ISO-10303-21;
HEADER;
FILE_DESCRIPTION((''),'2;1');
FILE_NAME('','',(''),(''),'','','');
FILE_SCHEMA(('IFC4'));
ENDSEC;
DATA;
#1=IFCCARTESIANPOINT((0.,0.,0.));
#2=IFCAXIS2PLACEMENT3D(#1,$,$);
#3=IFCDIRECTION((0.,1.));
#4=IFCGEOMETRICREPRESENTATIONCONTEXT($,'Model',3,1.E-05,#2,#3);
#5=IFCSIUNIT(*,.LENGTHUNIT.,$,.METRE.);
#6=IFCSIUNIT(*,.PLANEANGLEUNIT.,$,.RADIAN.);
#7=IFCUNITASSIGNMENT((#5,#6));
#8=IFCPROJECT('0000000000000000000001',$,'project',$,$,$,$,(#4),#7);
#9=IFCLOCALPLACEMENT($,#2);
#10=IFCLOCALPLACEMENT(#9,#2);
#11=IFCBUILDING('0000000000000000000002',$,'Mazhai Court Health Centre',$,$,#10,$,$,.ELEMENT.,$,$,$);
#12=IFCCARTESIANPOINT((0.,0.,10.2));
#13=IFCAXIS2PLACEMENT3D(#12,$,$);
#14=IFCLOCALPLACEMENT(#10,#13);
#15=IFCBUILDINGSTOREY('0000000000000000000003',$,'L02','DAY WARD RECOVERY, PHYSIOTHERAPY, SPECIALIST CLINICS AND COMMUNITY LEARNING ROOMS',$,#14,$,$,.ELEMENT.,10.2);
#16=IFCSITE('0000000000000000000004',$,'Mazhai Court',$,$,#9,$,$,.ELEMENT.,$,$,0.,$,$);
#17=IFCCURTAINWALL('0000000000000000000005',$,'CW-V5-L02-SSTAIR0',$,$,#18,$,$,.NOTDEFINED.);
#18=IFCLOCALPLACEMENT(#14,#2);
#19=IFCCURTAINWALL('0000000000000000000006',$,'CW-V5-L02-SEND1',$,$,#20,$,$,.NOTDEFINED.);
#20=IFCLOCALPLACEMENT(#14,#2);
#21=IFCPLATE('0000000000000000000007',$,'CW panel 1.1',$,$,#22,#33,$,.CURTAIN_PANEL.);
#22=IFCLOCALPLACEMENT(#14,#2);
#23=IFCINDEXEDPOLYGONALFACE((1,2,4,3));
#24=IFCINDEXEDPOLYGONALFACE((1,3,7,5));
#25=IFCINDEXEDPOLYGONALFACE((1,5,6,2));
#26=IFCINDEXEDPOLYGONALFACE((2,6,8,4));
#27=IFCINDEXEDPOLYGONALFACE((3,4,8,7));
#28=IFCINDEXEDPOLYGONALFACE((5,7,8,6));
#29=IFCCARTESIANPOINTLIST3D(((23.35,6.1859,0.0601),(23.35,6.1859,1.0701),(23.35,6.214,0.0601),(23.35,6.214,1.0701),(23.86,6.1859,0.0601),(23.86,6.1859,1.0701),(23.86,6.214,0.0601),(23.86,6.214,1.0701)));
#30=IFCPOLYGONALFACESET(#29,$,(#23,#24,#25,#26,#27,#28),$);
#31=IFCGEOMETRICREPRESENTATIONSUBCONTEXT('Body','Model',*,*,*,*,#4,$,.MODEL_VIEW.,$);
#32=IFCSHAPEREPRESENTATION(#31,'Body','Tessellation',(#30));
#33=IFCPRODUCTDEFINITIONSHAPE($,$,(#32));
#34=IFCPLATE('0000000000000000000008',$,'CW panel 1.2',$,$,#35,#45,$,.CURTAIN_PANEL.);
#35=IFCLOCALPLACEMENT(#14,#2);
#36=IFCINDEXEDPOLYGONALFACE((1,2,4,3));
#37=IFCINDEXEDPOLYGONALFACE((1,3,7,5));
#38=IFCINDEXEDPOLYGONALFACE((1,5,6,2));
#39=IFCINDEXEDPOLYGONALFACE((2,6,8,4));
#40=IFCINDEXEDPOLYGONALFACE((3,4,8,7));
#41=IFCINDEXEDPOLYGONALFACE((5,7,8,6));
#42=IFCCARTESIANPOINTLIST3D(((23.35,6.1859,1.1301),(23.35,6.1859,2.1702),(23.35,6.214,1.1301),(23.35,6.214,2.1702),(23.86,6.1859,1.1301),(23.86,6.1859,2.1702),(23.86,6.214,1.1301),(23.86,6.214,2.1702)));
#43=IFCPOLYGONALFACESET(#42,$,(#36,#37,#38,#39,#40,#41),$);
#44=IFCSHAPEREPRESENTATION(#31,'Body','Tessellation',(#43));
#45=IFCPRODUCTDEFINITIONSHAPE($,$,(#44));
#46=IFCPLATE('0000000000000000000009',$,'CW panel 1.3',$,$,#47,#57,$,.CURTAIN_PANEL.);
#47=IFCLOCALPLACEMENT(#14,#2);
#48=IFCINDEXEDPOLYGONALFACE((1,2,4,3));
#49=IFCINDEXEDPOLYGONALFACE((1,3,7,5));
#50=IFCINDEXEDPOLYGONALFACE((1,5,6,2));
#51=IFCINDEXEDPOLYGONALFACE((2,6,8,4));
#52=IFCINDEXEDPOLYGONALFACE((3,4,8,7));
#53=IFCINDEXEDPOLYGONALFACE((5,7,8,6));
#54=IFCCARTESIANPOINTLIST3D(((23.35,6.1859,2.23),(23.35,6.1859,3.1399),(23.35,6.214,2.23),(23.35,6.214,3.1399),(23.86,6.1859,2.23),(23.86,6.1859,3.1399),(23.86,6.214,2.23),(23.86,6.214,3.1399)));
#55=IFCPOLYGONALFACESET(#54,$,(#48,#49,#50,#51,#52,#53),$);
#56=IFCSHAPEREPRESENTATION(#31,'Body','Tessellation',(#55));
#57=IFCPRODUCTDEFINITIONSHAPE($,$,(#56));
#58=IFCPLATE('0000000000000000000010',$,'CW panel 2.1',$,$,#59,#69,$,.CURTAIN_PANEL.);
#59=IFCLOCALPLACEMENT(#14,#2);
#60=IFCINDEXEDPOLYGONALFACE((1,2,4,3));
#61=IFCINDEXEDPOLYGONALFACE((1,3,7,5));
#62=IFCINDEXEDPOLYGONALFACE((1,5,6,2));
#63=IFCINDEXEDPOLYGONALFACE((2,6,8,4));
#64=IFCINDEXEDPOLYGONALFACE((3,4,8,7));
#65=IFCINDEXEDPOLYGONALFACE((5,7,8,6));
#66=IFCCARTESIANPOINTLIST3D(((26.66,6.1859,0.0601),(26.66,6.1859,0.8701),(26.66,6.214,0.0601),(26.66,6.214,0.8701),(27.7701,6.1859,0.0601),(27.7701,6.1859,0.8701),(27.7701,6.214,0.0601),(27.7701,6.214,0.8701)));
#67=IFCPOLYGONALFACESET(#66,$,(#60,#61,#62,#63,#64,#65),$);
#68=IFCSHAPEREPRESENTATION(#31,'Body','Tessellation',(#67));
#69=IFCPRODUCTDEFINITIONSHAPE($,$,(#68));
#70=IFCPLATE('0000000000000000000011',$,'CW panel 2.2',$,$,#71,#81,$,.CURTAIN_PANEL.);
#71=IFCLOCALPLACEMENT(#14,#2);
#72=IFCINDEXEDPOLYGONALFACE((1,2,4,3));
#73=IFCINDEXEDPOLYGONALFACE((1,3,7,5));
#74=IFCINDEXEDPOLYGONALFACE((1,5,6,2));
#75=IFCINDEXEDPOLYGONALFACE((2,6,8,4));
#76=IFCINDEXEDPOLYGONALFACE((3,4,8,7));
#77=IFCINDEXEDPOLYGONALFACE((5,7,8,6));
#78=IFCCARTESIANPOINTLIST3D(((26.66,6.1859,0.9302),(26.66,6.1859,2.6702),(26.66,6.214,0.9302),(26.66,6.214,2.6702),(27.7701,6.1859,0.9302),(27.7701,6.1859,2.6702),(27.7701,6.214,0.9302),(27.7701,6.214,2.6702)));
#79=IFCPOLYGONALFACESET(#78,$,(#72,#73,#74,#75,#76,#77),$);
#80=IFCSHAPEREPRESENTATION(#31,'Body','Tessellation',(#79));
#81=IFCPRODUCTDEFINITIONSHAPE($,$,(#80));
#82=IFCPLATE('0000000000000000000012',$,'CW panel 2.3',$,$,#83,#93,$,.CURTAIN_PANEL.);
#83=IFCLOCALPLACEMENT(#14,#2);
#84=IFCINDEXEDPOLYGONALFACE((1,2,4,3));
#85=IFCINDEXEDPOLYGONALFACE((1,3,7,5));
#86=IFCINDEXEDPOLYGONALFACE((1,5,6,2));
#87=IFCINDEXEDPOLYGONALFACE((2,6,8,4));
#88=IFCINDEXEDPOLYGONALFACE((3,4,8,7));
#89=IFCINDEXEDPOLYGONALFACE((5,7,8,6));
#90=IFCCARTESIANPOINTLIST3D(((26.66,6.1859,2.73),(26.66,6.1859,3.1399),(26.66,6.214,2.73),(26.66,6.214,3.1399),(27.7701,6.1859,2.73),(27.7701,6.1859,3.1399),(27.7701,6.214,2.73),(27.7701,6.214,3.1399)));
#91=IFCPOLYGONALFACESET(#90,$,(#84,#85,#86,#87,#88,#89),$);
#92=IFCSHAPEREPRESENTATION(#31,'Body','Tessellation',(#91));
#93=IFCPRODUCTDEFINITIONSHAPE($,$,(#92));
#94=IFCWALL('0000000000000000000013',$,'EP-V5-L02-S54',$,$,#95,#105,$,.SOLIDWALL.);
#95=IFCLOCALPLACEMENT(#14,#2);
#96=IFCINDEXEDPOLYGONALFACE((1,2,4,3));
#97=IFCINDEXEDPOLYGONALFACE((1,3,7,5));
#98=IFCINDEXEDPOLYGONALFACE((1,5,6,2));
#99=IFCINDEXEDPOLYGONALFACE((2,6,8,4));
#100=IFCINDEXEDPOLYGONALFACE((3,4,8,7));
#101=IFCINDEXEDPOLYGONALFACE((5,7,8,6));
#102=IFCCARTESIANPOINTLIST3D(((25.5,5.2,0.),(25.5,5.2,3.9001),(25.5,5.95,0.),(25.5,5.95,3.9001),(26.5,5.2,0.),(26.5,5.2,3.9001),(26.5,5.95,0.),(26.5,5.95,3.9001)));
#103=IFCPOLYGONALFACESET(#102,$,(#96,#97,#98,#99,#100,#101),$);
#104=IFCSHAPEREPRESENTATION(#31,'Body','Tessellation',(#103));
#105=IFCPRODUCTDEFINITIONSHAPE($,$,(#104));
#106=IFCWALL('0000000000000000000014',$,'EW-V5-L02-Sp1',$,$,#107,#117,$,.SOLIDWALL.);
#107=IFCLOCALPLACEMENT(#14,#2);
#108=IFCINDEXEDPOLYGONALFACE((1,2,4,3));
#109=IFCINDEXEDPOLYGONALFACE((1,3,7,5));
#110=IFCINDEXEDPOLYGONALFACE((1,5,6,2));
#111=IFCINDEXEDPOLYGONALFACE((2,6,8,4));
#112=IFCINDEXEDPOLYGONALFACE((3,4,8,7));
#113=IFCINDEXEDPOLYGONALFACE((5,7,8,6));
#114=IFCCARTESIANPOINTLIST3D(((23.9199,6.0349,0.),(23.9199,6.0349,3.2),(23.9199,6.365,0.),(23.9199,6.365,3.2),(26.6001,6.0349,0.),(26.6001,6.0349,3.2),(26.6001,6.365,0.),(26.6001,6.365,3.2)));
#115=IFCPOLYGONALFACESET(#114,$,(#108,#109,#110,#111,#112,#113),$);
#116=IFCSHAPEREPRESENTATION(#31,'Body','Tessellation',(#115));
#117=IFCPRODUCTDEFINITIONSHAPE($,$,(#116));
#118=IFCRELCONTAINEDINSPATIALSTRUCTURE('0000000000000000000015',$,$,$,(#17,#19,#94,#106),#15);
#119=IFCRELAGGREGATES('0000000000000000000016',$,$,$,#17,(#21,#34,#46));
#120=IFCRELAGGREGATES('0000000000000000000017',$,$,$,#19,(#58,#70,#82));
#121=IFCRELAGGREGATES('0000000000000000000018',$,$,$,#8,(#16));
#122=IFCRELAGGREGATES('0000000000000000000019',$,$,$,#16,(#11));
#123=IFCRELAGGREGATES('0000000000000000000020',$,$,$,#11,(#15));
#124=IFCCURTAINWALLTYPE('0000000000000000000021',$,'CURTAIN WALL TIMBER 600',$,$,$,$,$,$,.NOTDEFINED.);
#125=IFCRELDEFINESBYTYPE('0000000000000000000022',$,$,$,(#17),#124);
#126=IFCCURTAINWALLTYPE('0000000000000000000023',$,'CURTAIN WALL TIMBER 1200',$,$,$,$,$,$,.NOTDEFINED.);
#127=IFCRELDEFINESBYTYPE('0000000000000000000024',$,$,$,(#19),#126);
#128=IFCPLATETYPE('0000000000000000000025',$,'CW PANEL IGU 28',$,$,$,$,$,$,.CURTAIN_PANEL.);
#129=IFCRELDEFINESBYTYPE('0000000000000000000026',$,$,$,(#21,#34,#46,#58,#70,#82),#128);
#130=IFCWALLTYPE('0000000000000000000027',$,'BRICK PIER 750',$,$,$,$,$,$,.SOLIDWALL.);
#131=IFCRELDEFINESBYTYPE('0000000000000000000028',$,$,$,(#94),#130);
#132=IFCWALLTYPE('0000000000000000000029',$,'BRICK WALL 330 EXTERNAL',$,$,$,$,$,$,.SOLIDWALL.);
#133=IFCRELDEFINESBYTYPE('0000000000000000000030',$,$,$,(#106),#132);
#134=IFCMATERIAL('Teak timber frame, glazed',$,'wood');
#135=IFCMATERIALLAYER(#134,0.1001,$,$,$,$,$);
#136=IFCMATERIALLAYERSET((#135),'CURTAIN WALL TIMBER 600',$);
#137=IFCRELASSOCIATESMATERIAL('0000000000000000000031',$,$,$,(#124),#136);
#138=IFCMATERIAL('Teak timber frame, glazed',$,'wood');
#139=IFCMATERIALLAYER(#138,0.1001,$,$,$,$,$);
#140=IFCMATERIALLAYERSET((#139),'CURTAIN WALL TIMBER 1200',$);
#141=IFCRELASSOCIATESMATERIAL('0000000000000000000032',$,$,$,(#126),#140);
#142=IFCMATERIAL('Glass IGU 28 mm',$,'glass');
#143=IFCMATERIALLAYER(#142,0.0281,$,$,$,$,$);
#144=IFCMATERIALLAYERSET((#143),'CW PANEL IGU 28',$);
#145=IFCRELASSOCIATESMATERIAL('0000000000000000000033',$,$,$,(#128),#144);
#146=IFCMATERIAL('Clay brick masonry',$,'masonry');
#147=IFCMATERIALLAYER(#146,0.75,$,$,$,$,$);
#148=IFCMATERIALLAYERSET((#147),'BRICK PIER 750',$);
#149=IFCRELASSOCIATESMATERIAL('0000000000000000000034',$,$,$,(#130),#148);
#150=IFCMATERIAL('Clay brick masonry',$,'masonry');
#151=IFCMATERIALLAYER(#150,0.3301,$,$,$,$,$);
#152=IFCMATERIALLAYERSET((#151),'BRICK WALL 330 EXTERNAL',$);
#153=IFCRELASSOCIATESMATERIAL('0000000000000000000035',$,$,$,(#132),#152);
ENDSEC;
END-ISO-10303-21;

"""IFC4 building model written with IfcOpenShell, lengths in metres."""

from ifc_helpers import new_model, si_unit, direction, frame, frame_2d, origin, origin_2d, place, context, subcontext, project, spatial, rectangle, extrude, material, layer, layer_set, type_object, element, aggregate, save


model = new_model("IFC4")

# Units and contexts
model_context = context("Model", 3, precision=1e-05, world=origin(), true_north=direction((0.0, 1.0)))
body_context = subcontext(model_context, "Body", "Model", "MODEL_VIEW")
ifc_project = project(units=[si_unit("LENGTHUNIT", "METRE"), si_unit("PLANEANGLEUNIT", "RADIAN")], contexts=[model_context])

# Site, building, storey
site_placement = place(None, origin())
site = spatial("IfcSite", under=ifc_project, at=site_placement, Name="Mazhai Court", CompositionType="ELEMENT", RefElevation=0.0)
building_placement = place(site_placement, origin())
building = spatial("IfcBuilding", under=site, at=building_placement, Name="Mazhai Court Health Centre", CompositionType="ELEMENT")
storey_placement = place(building_placement, frame((0.0, 0.0, 10.2)))
storey = spatial("IfcBuildingStorey", under=building, at=storey_placement, Name="L02", Description="DAY WARD RECOVERY, PHYSIOTHERAPY, SPECIALIST CLINICS AND COMMUNITY LEARNING ROOMS", CompositionType="ELEMENT", Elevation=10.2)

# Curtain wall
ifc_material_1 = material(Name="Teak timber frame, glazed", Category="wood")
ifc_layer_1 = layer(ifc_material_1, 0.1001)
ifc_layer_set_1 = layer_set([ifc_layer_1], Name="CURTAIN WALL TIMBER 600")
curtain_wall_type_1 = type_object("IfcCurtainWallType", Name="CURTAIN WALL TIMBER 600", PredefinedType="NOTDEFINED", material=ifc_layer_set_1)
curtain_wall_1_placement = place(storey_placement, origin())
curtain_wall_1 = element("IfcCurtainWall", 1, at=curtain_wall_1_placement, inside=storey, type_object=curtain_wall_type_1, Name="CW-V5-L02-SSTAIR0", PredefinedType="NOTDEFINED")

# Curtain wall
ifc_material_2 = material(Name="Teak timber frame, glazed", Category="wood")
ifc_layer_2 = layer(ifc_material_2, 0.1001)
ifc_layer_set_2 = layer_set([ifc_layer_2], Name="CURTAIN WALL TIMBER 1200")
curtain_wall_type_2 = type_object("IfcCurtainWallType", Name="CURTAIN WALL TIMBER 1200", PredefinedType="NOTDEFINED", material=ifc_layer_set_2)
curtain_wall_2_placement = place(storey_placement, origin())
curtain_wall_2 = element("IfcCurtainWall", 2, at=curtain_wall_2_placement, inside=storey, type_object=curtain_wall_type_2, Name="CW-V5-L02-SEND1", PredefinedType="NOTDEFINED")

# Plates
ifc_material_3 = material(Name="Glass IGU 28 mm", Category="glass")
ifc_layer_3 = layer(ifc_material_3, 0.0281)
ifc_layer_set_3 = layer_set([ifc_layer_3], Name="CW PANEL IGU 28")
plate_type = type_object("IfcPlateType", Name="CW PANEL IGU 28", PredefinedType="CURTAIN_PANEL", material=ifc_layer_set_3)
plate_1_placement = place(storey_placement, frame((23.605, 6.2, 0.0601), z_axis=(0.0, 0.0, 1.0), x_axis=(-1.0, 0.0, 0.0)))
plate_1 = element("IfcPlate", 3, at=plate_1_placement, type_object=plate_type, Name="CW panel 1.1", PredefinedType="CURTAIN_PANEL", context=body_context, shape_type="SweptSolid", body=[
    extrude(rectangle(XDim=0.51, YDim=0.0281, at=origin_2d()), origin(), (0.0, 0.0, 1.0), 1.01),
])
plate_2_placement = place(storey_placement, frame((23.605, 6.2, 1.1301), z_axis=(0.0, 0.0, 1.0), x_axis=(-1.0, 0.0, 0.0)))
plate_2 = element("IfcPlate", 4, at=plate_2_placement, type_object=plate_type, Name="CW panel 1.2", PredefinedType="CURTAIN_PANEL", context=body_context, shape_type="SweptSolid", body=[
    extrude(rectangle(XDim=0.51, YDim=0.0281, at=origin_2d()), origin(), (0.0, 0.0, 1.0), 1.04),
])
plate_3_placement = place(storey_placement, frame((23.605, 6.2, 2.23), z_axis=(0.0, 0.0, 1.0), x_axis=(-1.0, 0.0, 0.0)))
plate_3 = element("IfcPlate", 5, at=plate_3_placement, type_object=plate_type, Name="CW panel 1.3", PredefinedType="CURTAIN_PANEL", context=body_context, shape_type="SweptSolid", body=[
    extrude(rectangle(XDim=0.51, YDim=0.0281, at=origin_2d()), origin(), (0.0, 0.0, 1.0), 0.9099),
])
aggregate(curtain_wall_1, [plate_1, plate_2, plate_3])
plate_4_placement = place(storey_placement, frame((27.2151, 6.2, 0.0601), z_axis=(0.0, 0.0, 1.0), x_axis=(-1.0, 0.0, 0.0)))
plate_4 = element("IfcPlate", 6, at=plate_4_placement, type_object=plate_type, Name="CW panel 2.1", PredefinedType="CURTAIN_PANEL", context=body_context, shape_type="SweptSolid", body=[
    extrude(rectangle(XDim=1.1101, YDim=0.0281, at=origin_2d()), origin(), (0.0, 0.0, 1.0), 0.8101),
])
plate_5_placement = place(storey_placement, frame((27.2151, 6.2, 0.9302), z_axis=(0.0, 0.0, 1.0), x_axis=(-1.0, 0.0, 0.0)))
plate_5 = element("IfcPlate", 7, at=plate_5_placement, type_object=plate_type, Name="CW panel 2.2", PredefinedType="CURTAIN_PANEL", context=body_context, shape_type="SweptSolid", body=[
    extrude(rectangle(XDim=1.1101, YDim=0.0281, at=origin_2d()), origin(), (0.0, 0.0, 1.0), 1.74),
])
plate_6_placement = place(storey_placement, frame((27.2151, 6.2, 2.73), z_axis=(0.0, 0.0, 1.0), x_axis=(-1.0, 0.0, 0.0)))
plate_6 = element("IfcPlate", 8, at=plate_6_placement, type_object=plate_type, Name="CW panel 2.3", PredefinedType="CURTAIN_PANEL", context=body_context, shape_type="SweptSolid", body=[
    extrude(rectangle(XDim=1.1101, YDim=0.0281, at=origin_2d()), origin(), (0.0, 0.0, 1.0), 0.4099),
])
aggregate(curtain_wall_2, [plate_4, plate_5, plate_6])

# Walls
ifc_material_4 = material(Name="Clay brick masonry", Category="masonry")
ifc_layer_4 = layer(ifc_material_4, 0.75)
ifc_layer_set_4 = layer_set([ifc_layer_4], Name="BRICK PIER 750")
wall_type_1 = type_object("IfcWallType", Name="BRICK PIER 750", PredefinedType="SOLIDWALL", material=ifc_layer_set_4)
wall_1_placement = place(storey_placement, frame((26.5, 5.575, 0.0), z_axis=(0.0, 0.0, 1.0), x_axis=(-1.0, 0.0, 0.0)))
element("IfcWall", 9, at=wall_1_placement, inside=storey, type_object=wall_type_1, Name="EP-V5-L02-S54", PredefinedType="SOLIDWALL", context=body_context, shape_type="SweptSolid", body=[
    extrude(rectangle(XDim=1.0, YDim=0.75, at=frame_2d((0.5, 0.0))), origin(), (0.0, 0.0, 1.0), 3.9001),
])
ifc_material_5 = material(Name="Clay brick masonry", Category="masonry")
ifc_layer_5 = layer(ifc_material_5, 0.3301)
ifc_layer_set_5 = layer_set([ifc_layer_5], Name="BRICK WALL 330 EXTERNAL")
wall_type_2 = type_object("IfcWallType", Name="BRICK WALL 330 EXTERNAL", PredefinedType="SOLIDWALL", material=ifc_layer_set_5)
wall_2_placement = place(storey_placement, frame((26.6001, 6.2, 0.0), z_axis=(0.0, 0.0, 1.0), x_axis=(-1.0, 0.0, 0.0)))
element("IfcWall", 10, at=wall_2_placement, inside=storey, type_object=wall_type_2, Name="EW-V5-L02-Sp1", PredefinedType="SOLIDWALL", context=body_context, shape_type="SweptSolid", body=[
    extrude(rectangle(XDim=2.6802, YDim=0.3301, at=frame_2d((1.3401, 0.0))), origin(), (0.0, 0.0, 1.0), 3.2),
])

save(model, "model.ifc")
